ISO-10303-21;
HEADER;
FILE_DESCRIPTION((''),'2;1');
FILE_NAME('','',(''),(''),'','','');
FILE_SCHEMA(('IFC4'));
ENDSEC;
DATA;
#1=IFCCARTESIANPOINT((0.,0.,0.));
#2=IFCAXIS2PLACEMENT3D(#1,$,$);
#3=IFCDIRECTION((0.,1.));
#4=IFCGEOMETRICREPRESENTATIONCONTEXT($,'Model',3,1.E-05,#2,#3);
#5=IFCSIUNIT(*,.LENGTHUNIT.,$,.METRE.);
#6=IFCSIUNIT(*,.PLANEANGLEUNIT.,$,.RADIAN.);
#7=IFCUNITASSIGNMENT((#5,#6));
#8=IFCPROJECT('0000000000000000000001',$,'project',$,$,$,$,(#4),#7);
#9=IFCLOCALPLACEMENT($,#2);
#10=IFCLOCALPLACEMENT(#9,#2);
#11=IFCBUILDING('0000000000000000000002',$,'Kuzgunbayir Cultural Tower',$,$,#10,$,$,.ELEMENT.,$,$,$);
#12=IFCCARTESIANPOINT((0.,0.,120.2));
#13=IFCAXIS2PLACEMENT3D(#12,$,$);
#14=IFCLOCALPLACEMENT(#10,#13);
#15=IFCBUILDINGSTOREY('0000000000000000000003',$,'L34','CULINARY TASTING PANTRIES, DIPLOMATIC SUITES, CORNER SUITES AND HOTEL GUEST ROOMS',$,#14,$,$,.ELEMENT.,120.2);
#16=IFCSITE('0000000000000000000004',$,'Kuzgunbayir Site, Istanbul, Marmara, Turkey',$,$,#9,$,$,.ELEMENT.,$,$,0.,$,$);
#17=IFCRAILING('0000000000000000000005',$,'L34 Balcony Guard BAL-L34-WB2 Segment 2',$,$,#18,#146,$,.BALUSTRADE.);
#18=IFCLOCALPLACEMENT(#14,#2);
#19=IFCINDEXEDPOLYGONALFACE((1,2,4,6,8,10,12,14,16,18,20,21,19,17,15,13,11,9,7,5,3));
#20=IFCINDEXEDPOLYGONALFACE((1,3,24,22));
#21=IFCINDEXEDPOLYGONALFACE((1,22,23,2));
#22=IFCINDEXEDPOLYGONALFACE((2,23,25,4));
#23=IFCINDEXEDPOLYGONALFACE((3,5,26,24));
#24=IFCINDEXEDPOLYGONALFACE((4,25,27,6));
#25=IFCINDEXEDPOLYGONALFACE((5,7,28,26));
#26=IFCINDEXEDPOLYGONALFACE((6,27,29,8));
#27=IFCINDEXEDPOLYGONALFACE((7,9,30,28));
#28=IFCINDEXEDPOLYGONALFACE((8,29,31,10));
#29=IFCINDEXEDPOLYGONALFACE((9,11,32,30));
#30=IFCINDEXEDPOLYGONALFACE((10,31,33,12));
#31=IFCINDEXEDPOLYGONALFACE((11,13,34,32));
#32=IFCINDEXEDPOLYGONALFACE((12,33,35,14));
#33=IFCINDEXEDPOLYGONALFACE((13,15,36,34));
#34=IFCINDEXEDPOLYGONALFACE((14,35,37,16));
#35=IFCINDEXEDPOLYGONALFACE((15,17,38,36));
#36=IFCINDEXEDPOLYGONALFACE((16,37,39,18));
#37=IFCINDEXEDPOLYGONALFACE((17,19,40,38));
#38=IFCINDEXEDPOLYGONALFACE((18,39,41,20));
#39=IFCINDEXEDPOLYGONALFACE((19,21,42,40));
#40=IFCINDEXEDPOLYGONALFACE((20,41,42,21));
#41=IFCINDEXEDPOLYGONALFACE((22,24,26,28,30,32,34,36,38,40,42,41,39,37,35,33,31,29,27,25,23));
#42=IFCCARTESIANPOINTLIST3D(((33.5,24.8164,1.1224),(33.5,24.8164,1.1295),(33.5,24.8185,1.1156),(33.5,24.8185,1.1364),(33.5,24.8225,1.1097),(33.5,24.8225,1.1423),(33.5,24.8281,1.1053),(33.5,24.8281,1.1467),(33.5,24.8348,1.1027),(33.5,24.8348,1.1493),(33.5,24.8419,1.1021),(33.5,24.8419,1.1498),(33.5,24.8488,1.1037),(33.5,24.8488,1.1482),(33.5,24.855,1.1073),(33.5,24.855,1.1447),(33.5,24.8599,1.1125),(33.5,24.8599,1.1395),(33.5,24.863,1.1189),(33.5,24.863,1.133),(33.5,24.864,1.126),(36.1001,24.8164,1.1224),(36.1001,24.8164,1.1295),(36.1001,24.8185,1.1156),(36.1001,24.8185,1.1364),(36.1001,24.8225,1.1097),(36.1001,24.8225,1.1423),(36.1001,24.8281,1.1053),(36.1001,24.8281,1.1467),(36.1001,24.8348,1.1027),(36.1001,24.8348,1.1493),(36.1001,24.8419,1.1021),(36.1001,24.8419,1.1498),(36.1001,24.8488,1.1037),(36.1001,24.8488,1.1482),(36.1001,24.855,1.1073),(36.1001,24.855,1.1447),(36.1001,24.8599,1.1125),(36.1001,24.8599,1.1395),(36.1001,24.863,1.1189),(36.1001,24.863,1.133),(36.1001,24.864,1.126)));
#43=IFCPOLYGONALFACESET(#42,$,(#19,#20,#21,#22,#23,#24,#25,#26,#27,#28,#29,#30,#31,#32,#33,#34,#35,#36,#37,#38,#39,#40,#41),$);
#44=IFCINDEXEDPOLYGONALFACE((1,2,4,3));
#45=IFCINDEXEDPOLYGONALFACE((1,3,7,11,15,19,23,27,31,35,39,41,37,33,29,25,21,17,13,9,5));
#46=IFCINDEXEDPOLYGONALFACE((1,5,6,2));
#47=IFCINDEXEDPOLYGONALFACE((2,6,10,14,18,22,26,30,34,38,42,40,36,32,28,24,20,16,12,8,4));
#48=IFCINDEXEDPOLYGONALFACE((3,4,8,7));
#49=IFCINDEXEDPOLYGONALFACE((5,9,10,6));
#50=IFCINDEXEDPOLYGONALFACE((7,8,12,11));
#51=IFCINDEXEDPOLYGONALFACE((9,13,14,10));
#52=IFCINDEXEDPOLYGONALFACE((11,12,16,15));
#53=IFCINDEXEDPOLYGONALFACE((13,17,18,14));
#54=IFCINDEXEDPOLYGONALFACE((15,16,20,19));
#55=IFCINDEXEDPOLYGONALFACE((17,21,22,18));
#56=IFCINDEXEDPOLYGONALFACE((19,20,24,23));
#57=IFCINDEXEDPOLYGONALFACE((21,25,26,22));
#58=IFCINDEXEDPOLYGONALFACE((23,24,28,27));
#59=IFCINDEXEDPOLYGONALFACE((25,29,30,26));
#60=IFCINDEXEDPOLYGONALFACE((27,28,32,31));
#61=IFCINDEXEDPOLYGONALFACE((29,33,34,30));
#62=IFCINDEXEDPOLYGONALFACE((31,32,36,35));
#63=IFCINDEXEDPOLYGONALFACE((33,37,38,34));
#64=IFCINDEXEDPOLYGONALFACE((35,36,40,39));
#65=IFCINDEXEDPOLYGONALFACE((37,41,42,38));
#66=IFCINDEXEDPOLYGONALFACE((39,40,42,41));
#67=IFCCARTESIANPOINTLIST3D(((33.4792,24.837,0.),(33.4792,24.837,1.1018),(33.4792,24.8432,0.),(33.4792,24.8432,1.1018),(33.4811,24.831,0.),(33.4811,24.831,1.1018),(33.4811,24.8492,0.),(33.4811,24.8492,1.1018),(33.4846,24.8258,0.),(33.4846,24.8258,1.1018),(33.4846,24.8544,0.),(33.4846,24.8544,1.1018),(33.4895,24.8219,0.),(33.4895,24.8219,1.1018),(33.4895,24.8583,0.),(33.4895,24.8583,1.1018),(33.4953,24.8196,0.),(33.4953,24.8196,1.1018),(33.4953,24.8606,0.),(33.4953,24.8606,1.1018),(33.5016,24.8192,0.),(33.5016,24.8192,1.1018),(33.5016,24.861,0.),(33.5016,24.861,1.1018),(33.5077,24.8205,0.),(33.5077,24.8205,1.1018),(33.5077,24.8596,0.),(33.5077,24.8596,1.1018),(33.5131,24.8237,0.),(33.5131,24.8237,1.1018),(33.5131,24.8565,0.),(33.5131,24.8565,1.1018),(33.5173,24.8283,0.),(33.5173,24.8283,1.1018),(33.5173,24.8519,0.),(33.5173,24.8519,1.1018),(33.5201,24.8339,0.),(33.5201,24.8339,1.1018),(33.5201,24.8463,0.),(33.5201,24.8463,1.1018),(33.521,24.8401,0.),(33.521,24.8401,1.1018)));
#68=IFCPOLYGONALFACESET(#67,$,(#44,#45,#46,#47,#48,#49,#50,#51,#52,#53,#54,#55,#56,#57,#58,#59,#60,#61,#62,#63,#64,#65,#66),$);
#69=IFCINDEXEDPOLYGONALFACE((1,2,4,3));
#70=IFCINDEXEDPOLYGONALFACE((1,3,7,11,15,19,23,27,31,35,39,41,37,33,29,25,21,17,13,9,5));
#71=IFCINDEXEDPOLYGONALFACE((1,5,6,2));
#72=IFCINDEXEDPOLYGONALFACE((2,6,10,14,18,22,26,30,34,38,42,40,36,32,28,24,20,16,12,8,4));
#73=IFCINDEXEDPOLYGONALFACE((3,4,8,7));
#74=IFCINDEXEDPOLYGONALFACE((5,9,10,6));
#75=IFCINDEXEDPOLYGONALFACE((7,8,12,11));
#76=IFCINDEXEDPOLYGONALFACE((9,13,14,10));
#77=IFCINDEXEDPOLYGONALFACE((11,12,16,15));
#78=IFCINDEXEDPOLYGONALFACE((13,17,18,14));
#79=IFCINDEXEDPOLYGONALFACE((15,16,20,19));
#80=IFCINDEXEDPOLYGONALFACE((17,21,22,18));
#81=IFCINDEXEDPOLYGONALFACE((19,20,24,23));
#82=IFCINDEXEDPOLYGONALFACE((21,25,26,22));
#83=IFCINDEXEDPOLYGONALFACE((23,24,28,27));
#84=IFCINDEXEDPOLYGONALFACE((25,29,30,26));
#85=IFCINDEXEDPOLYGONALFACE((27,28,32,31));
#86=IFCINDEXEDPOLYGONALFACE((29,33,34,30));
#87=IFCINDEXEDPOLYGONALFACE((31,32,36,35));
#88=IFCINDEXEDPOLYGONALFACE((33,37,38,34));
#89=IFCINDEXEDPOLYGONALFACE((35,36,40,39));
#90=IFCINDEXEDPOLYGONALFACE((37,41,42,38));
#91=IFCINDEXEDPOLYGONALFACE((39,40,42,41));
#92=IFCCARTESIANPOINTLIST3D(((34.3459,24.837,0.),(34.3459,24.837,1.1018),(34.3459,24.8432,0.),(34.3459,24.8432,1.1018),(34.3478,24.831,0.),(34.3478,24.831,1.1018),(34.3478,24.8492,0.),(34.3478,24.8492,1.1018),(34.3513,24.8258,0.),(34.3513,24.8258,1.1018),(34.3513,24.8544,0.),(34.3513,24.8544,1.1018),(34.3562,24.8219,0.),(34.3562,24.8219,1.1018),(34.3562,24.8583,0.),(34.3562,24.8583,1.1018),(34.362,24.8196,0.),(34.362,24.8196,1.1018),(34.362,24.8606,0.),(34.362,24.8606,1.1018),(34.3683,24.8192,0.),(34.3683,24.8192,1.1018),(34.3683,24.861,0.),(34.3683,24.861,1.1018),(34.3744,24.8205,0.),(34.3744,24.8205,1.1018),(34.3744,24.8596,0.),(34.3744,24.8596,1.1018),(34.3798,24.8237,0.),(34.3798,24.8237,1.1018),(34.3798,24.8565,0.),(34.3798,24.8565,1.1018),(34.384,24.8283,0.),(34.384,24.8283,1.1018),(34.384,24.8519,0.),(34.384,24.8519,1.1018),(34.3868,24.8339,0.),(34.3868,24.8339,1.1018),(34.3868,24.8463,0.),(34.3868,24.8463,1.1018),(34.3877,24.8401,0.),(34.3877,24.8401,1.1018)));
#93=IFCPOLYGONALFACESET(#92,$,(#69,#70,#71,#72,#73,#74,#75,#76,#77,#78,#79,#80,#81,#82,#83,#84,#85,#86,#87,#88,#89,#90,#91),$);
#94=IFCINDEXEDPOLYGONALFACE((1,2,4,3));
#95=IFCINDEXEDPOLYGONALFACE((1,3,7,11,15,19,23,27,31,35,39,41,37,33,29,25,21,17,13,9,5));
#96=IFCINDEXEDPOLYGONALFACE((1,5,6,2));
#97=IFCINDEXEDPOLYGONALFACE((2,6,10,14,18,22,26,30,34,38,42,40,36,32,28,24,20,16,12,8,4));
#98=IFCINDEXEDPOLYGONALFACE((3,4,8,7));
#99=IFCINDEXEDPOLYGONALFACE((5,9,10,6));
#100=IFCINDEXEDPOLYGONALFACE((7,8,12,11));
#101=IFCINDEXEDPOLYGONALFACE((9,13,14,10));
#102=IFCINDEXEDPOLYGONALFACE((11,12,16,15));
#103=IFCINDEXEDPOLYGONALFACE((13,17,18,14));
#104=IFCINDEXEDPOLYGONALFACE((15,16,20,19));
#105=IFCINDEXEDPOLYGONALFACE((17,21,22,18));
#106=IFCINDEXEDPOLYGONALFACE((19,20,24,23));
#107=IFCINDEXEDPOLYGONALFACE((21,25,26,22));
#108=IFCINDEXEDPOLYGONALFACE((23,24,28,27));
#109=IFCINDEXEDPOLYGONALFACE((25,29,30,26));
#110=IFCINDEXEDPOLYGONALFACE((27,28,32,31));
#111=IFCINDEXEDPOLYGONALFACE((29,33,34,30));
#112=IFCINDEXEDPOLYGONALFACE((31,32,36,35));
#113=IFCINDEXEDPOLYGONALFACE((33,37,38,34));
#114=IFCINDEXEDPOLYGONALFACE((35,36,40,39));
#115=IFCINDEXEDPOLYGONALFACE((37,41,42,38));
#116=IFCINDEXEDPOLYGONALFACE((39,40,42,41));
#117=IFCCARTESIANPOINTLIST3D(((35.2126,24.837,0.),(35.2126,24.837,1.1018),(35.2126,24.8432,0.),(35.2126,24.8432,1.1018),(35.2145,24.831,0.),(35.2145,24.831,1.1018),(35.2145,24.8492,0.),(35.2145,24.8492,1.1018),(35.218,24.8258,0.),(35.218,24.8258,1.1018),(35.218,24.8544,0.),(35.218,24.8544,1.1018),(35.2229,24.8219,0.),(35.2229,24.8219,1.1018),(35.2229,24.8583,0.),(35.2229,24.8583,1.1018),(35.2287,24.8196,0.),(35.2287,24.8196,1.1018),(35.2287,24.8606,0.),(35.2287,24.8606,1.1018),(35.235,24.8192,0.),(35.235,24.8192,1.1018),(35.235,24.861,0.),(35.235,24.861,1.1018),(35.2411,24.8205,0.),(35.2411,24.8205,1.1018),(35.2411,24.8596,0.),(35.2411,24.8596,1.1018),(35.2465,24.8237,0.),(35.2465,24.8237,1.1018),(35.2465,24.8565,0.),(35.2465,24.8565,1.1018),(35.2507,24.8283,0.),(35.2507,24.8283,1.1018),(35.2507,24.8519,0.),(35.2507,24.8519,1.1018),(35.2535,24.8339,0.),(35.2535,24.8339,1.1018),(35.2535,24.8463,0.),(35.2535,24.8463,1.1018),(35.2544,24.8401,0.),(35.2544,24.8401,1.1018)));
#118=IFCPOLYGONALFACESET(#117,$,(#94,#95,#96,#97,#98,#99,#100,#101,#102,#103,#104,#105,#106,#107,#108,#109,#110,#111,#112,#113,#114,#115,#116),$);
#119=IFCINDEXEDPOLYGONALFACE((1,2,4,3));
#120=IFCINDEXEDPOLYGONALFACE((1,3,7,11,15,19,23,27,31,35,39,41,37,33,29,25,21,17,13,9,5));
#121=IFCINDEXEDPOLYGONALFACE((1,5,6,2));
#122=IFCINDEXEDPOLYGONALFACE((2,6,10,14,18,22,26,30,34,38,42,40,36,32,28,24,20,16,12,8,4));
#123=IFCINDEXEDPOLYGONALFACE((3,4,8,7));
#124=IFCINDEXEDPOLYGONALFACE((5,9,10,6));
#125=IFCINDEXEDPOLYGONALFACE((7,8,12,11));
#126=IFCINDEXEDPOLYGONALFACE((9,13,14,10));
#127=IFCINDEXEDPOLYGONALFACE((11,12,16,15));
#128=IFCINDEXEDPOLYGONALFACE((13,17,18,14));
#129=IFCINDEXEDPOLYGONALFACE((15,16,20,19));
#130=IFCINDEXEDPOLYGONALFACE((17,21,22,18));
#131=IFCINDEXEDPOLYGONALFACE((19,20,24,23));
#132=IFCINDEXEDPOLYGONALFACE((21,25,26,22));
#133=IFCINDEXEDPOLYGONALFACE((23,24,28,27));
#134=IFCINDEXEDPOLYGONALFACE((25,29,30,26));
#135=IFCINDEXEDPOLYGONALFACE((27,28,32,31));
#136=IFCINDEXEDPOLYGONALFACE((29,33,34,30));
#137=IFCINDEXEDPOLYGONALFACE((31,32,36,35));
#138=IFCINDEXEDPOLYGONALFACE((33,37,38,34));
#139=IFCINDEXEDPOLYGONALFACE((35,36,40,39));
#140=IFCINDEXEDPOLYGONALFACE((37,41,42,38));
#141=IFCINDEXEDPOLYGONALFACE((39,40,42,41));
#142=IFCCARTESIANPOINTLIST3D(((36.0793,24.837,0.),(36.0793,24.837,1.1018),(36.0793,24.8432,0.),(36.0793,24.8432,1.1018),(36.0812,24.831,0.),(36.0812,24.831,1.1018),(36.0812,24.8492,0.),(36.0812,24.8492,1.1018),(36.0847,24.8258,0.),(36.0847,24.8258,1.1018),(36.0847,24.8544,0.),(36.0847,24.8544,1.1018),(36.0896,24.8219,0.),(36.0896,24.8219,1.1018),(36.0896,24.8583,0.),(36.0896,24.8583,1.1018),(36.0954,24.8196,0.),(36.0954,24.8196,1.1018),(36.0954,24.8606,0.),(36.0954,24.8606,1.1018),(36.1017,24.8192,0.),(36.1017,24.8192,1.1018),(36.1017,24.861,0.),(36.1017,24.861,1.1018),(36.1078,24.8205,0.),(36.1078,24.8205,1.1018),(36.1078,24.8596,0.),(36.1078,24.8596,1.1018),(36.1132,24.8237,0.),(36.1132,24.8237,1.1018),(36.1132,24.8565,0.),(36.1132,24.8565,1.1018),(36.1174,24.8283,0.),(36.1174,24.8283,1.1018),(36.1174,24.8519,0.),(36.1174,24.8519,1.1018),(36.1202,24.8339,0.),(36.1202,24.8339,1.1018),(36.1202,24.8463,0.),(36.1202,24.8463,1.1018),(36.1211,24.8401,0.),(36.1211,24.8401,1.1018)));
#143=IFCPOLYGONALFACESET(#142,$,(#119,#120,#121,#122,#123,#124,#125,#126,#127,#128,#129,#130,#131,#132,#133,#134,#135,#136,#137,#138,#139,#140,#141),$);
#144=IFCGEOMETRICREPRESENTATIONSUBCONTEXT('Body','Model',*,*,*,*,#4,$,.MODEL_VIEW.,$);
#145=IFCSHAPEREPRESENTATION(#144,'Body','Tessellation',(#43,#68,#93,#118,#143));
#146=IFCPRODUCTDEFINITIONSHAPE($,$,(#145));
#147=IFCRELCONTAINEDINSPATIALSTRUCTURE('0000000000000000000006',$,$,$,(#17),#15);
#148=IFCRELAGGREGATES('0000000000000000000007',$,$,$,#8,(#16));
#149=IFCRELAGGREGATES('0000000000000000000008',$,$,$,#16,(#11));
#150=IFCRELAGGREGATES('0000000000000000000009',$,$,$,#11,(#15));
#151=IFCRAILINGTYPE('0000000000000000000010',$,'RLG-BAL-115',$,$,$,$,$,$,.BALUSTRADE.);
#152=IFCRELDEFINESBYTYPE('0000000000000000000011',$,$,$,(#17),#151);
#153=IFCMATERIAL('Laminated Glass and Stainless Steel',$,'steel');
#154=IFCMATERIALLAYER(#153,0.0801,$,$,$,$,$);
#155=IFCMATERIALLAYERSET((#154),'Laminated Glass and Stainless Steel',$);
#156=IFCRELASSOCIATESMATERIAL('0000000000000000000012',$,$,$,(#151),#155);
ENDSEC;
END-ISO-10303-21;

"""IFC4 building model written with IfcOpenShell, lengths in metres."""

from ifc_helpers import new_model, si_unit, direction, frame, origin, origin_2d, place, context, subcontext, project, spatial, circle, extrude, material, layer, layer_set, type_object, element, save


model = new_model("IFC4")

# Units and contexts
model_context = context("Model", 3, precision=1e-05, world=origin(), true_north=direction((0.0, 1.0)))
body_context = subcontext(model_context, "Body", "Model", "MODEL_VIEW")
ifc_project = project(units=[si_unit("LENGTHUNIT", "METRE"), si_unit("PLANEANGLEUNIT", "RADIAN")], contexts=[model_context])

# Site, building, storey
site_placement = place(None, origin())
site = spatial("IfcSite", under=ifc_project, at=site_placement, Name="Kuzgunbayir Site, Istanbul, Marmara, Turkey", CompositionType="ELEMENT", RefElevation=0.0)
building_placement = place(site_placement, origin())
building = spatial("IfcBuilding", under=site, at=building_placement, Name="Kuzgunbayir Cultural Tower", CompositionType="ELEMENT")
storey_placement = place(building_placement, frame((0.0, 0.0, 120.2)))
storey = spatial("IfcBuildingStorey", under=building, at=storey_placement, Name="L34", Description="CULINARY TASTING PANTRIES, DIPLOMATIC SUITES, CORNER SUITES AND HOTEL GUEST ROOMS", CompositionType="ELEMENT", Elevation=120.2)

# Railing
ifc_material_1 = material(Name="Laminated Glass and Stainless Steel", Category="steel")
ifc_layer_1 = layer(ifc_material_1, 0.0801)
ifc_layer_set_1 = layer_set([ifc_layer_1], Name="Laminated Glass and Stainless Steel")
railing_type = type_object("IfcRailingType", Name="RLG-BAL-115", PredefinedType="BALUSTRADE", material=ifc_layer_set_1)
railing_1_placement = place(storey_placement, frame((33.5, 24.8401, 0.0)))
element("IfcRailing", 1, at=railing_1_placement, inside=storey, type_object=railing_type, Name="L34 Balcony Guard BAL-L34-WB2 Segment 2", PredefinedType="BALUSTRADE", context=body_context, shape_type="SweptSolid", body=[
    extrude(circle(Radius=0.0239, at=origin_2d()), frame((0.0, 0.0, 1.126), z_axis=(1.0, 0.0, 0.0), x_axis=(0.0, 1.0, 0.0)), (0.0, 0.0, 1.0), 2.6001),
    extrude(circle(Radius=0.021, at=origin_2d()), origin(), (0.0, 0.0, 1.0), 1.1018),
    extrude(circle(Radius=0.021, at=origin_2d()), frame((0.8667, 0.0, 0.0)), (0.0, 0.0, 1.0), 1.1018),
    extrude(circle(Radius=0.021, at=origin_2d()), frame((1.7334, 0.0, 0.0)), (0.0, 0.0, 1.0), 1.1018),
    extrude(circle(Radius=0.021, at=origin_2d()), frame((2.6001, 0.0, 0.0)), (0.0, 0.0, 1.0), 1.1018),
])

save(model, "model.ifc")
